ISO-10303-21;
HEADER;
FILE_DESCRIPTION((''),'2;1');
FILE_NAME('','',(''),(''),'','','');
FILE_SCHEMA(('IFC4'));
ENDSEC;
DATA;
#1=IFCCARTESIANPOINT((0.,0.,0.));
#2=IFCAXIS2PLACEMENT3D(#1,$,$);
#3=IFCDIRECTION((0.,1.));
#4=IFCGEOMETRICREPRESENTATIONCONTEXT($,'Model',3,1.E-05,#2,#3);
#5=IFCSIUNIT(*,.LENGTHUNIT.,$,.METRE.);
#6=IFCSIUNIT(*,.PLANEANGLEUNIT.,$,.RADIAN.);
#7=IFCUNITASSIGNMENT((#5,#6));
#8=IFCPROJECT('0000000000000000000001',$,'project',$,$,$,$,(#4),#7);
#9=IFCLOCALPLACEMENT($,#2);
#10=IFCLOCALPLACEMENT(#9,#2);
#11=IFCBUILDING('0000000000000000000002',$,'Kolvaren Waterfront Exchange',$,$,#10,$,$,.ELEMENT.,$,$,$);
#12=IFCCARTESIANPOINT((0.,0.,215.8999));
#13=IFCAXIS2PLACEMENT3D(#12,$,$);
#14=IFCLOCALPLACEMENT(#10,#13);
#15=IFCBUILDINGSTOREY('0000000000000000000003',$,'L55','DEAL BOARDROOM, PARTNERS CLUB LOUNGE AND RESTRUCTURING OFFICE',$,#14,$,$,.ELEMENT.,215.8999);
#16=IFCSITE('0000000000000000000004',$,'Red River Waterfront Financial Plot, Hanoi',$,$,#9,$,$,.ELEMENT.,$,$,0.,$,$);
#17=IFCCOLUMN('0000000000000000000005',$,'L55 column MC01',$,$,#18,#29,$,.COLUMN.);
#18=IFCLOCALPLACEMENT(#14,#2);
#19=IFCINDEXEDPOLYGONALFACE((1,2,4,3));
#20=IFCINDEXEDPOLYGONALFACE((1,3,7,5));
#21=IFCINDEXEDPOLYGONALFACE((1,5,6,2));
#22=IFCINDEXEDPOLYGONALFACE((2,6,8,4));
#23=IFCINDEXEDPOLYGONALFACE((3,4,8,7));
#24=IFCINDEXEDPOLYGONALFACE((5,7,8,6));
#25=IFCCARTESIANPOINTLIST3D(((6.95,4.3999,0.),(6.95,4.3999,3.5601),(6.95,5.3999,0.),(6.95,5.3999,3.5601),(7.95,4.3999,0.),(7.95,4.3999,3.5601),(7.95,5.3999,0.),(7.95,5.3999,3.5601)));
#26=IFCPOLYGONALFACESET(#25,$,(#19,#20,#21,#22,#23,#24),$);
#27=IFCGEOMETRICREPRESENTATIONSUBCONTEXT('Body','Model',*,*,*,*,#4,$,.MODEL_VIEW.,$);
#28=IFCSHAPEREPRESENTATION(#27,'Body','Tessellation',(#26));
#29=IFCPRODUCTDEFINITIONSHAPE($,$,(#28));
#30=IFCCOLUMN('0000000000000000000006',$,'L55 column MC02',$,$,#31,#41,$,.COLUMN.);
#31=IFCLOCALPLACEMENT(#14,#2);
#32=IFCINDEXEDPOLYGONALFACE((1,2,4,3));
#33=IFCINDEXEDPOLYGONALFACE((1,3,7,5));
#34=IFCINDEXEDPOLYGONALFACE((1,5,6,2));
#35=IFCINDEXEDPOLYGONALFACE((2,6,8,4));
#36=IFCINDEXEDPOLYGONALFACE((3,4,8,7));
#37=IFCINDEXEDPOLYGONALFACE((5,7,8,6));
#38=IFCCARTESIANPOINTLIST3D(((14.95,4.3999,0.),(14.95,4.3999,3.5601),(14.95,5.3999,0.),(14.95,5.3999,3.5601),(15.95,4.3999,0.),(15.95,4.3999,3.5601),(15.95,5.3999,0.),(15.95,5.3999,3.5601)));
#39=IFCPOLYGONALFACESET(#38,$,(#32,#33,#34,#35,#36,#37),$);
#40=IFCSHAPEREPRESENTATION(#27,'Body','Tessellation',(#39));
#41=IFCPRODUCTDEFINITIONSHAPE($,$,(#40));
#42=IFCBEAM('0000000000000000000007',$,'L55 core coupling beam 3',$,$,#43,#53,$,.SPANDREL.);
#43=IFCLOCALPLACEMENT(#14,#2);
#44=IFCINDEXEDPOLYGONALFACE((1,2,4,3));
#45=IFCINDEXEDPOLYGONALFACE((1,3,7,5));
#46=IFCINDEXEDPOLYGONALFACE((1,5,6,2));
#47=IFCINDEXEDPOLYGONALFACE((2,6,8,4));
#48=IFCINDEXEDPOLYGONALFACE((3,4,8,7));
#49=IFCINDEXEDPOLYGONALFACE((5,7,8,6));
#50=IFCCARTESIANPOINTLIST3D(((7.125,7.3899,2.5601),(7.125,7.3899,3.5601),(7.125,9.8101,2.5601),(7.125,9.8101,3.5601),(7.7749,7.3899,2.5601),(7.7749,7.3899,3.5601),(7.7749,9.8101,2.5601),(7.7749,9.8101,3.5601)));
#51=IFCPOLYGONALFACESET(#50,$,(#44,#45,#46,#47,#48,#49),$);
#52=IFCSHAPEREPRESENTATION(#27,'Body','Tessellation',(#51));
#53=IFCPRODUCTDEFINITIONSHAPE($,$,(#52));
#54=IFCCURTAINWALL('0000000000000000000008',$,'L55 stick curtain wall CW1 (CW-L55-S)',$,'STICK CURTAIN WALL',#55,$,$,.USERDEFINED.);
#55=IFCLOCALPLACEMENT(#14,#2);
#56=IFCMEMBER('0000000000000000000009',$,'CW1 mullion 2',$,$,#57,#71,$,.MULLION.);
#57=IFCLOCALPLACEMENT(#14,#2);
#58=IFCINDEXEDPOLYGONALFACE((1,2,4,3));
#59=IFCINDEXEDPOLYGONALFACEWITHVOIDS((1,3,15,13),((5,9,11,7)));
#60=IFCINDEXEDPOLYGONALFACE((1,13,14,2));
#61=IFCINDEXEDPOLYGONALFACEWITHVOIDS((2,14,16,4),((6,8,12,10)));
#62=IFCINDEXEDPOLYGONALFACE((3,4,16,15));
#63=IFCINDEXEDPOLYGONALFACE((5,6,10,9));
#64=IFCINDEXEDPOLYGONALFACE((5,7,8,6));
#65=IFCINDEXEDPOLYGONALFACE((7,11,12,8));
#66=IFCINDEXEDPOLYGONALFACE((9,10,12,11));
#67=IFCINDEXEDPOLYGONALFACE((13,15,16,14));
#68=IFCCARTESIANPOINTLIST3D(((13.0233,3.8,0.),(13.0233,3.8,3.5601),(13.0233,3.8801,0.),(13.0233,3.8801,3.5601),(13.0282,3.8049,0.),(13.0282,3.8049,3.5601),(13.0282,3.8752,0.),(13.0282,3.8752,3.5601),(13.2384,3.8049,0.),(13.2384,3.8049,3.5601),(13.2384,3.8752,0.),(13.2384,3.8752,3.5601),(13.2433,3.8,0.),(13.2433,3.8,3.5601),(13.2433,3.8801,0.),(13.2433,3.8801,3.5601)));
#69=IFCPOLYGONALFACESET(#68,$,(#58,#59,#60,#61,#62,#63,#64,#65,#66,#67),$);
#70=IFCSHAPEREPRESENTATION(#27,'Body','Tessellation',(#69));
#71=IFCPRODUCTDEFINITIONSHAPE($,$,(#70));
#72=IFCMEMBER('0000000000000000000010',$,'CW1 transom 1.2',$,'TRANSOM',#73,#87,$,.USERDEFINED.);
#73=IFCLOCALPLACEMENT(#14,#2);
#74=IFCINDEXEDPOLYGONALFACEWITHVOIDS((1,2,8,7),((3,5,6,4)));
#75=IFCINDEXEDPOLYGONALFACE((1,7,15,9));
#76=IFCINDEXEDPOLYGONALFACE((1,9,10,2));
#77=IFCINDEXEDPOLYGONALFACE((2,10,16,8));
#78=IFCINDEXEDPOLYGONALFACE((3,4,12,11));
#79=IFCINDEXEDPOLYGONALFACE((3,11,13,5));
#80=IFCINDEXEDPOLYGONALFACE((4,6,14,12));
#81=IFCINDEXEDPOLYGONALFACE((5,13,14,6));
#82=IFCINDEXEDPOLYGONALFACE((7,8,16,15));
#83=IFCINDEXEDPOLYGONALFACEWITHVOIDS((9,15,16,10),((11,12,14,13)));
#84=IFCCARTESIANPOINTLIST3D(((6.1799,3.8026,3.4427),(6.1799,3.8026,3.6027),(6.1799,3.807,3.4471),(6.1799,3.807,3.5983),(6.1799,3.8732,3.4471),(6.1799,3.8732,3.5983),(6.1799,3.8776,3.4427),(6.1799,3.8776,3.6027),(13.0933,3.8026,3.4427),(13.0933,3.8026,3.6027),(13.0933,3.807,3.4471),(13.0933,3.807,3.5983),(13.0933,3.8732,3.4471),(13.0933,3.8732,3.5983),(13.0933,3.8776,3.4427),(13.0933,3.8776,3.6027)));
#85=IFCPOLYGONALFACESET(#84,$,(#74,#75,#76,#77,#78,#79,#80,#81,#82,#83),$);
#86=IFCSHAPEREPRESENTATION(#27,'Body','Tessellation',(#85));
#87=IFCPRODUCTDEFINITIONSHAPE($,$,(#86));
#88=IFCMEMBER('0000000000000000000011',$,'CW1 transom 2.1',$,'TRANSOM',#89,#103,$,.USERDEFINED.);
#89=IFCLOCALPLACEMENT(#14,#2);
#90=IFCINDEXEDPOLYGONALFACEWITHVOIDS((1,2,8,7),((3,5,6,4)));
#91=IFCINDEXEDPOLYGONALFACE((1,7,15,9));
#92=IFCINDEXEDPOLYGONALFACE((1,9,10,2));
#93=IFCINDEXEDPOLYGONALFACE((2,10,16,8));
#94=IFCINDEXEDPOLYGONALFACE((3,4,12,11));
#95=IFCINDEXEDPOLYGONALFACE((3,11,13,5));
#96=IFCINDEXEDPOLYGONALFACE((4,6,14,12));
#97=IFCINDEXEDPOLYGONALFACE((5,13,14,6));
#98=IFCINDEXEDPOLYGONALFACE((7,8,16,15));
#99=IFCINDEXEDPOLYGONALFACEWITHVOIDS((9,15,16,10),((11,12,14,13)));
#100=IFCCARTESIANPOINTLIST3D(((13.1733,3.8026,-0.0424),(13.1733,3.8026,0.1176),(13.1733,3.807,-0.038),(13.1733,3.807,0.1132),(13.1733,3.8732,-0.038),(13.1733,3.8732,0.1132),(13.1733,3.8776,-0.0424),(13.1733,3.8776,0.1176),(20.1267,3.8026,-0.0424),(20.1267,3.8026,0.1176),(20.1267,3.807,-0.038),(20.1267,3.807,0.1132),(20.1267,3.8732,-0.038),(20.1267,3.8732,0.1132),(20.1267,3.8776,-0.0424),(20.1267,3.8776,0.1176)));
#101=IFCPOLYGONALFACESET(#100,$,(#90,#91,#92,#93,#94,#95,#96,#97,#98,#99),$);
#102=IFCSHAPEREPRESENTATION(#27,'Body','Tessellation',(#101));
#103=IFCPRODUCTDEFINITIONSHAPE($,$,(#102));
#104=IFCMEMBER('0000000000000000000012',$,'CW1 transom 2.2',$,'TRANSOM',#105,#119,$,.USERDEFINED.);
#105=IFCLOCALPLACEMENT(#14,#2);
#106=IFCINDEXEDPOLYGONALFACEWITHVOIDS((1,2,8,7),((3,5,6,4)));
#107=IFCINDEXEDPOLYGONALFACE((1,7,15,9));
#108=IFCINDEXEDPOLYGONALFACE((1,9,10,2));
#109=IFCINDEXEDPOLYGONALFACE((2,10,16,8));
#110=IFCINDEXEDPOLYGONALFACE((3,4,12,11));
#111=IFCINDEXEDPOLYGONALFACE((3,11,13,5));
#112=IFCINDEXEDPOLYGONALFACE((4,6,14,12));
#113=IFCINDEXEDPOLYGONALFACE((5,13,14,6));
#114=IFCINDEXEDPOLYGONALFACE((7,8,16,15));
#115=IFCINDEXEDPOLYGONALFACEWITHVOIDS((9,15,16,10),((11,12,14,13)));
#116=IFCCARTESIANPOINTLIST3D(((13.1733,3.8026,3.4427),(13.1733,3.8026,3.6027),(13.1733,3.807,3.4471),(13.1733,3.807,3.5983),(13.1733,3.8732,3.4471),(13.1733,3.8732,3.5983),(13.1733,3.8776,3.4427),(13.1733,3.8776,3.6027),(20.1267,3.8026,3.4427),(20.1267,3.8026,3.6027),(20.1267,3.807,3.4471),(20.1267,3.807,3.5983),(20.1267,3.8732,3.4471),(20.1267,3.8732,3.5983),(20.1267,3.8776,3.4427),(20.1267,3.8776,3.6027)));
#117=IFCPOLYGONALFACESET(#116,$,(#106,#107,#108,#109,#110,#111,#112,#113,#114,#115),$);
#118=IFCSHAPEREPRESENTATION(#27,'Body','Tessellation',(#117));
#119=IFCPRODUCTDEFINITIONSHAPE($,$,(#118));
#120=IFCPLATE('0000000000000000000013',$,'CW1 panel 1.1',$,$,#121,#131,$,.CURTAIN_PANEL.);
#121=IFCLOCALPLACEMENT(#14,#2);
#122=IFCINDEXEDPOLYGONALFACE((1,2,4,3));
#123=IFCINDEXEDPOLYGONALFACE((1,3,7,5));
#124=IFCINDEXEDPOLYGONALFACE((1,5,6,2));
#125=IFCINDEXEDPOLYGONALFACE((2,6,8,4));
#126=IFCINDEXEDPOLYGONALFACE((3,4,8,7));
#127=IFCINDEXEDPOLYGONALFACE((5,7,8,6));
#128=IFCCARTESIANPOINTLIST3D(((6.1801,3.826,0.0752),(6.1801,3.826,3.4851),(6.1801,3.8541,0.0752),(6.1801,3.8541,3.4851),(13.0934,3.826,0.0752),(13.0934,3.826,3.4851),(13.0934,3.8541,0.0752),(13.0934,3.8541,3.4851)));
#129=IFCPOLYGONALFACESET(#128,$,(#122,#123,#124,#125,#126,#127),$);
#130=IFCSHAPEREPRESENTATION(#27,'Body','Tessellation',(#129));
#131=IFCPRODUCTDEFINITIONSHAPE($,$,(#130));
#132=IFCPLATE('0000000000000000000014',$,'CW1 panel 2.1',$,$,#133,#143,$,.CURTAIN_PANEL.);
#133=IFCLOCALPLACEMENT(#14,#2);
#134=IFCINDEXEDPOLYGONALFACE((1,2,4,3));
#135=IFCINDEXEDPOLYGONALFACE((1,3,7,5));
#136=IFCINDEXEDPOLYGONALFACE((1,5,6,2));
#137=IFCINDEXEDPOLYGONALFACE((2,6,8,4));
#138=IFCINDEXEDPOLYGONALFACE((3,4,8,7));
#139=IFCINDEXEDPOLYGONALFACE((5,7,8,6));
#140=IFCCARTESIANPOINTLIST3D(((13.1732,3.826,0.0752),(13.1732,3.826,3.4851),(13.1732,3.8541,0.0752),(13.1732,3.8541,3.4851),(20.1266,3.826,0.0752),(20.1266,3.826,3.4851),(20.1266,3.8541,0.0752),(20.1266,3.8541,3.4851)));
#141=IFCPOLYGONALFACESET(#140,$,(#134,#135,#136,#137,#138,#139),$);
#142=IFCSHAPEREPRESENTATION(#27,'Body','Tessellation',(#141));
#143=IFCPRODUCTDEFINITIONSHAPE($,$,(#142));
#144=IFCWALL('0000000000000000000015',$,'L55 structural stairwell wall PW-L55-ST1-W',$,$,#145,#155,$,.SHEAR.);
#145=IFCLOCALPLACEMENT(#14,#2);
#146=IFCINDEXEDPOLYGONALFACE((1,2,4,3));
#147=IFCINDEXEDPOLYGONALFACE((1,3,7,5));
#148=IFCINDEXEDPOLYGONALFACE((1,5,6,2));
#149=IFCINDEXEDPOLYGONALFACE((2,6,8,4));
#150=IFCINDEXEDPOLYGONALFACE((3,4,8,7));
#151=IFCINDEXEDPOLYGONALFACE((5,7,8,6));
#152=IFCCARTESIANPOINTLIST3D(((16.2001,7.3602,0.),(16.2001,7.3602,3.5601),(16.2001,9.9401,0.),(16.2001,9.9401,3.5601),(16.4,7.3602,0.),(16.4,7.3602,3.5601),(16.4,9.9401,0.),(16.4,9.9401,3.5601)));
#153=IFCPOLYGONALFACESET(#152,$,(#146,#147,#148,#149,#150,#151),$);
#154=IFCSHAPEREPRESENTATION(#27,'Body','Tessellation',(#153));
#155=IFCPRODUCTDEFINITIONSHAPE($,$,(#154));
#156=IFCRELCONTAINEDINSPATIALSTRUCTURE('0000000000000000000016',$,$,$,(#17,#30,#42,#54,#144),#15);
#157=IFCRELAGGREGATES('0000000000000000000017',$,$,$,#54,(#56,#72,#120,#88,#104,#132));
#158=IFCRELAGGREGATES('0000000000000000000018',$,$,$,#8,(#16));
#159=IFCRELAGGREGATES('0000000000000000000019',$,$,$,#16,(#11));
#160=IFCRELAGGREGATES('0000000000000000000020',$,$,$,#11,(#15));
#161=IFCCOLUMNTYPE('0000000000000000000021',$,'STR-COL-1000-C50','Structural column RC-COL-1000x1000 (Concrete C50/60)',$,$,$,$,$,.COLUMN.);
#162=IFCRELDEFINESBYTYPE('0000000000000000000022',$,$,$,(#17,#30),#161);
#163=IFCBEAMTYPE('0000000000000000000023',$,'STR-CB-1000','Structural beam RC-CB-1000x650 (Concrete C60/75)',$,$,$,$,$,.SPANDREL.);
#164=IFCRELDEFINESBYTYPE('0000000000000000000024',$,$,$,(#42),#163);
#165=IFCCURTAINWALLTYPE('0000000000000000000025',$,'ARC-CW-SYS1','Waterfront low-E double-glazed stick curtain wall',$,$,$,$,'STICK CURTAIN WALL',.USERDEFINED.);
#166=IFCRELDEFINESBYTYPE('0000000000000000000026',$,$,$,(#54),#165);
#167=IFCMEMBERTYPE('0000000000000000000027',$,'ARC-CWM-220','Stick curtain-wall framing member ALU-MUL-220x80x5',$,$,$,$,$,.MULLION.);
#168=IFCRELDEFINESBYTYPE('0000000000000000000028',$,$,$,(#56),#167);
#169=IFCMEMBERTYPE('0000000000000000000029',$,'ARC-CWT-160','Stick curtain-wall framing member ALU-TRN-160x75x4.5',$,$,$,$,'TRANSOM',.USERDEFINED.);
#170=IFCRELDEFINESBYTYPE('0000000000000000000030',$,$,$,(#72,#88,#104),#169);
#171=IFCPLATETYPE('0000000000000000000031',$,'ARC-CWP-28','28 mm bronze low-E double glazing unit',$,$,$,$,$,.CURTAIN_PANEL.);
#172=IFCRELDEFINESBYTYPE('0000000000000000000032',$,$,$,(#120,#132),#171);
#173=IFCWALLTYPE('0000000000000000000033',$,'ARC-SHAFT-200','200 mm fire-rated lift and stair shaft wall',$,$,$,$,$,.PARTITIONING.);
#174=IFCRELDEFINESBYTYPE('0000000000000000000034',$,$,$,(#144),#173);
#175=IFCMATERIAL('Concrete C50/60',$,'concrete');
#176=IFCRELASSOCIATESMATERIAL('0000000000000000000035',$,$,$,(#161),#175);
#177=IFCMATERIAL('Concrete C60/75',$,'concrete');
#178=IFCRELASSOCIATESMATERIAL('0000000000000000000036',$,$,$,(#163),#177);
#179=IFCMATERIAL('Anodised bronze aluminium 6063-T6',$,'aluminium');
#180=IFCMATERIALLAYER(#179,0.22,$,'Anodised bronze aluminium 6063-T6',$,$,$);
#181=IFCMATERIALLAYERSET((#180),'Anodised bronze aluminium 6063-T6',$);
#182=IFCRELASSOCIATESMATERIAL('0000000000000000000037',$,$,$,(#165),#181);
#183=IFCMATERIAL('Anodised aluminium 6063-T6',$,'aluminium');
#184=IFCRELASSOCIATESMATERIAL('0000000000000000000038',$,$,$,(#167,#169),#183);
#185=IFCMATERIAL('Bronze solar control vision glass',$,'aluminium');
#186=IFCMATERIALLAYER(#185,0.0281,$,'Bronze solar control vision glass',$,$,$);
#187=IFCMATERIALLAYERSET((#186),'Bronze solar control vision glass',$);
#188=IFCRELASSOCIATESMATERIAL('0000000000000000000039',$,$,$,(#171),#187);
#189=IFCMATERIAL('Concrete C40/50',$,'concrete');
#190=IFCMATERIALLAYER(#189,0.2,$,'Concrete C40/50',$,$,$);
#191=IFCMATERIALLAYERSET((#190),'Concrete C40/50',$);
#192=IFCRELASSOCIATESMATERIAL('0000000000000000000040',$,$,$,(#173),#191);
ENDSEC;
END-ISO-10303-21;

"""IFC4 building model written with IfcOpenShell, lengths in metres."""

from ifc_helpers import new_model, si_unit, direction, frame, frame_2d, origin, origin_with_axes, origin_2d, place, context, subcontext, project, spatial, rectangle, hollow_rectangle, extrude, source, transform, mapped, material, layer, layer_set, material_profile, profile_set, type_object, element, aggregate, save


model = new_model("IFC4")

# Units and contexts
model_context = context("Model", 3, precision=1e-05, world=origin(), true_north=direction((0.0, 1.0)))
body_context = subcontext(model_context, "Body", "Model", "MODEL_VIEW")
ifc_project = project(units=[si_unit("LENGTHUNIT", "METRE"), si_unit("PLANEANGLEUNIT", "RADIAN")], contexts=[model_context])

# Site, building, storey
site_placement = place(None, origin())
site = spatial("IfcSite", under=ifc_project, at=site_placement, Name="Red River Waterfront Financial Plot, Hanoi", CompositionType="ELEMENT", RefElevation=0.0)
building_placement = place(site_placement, origin())
building = spatial("IfcBuilding", under=site, at=building_placement, Name="Kolvaren Waterfront Exchange", CompositionType="ELEMENT")
storey_placement = place(building_placement, frame((0.0, 0.0, 215.8999)))
storey = spatial("IfcBuildingStorey", under=building, at=storey_placement, Name="L55", Description="DEAL BOARDROOM, PARTNERS CLUB LOUNGE AND RESTRUCTURING OFFICE", CompositionType="ELEMENT", Elevation=215.8999)

# Columns
ifc_material_1 = material(Name="Concrete C50/60", Category="concrete")
ifc_material_profile_1 = material_profile(ifc_material_1, rectangle(XDim=1.0, YDim=1.0, at=origin_2d()), Name="RC-COL-1000x1000")
ifc_profile_set_1 = profile_set([ifc_material_profile_1], Name="Concrete C50/60")
column_type = type_object("IfcColumnType", Name="STR-COL-1000-C50", Description="Structural column RC-COL-1000x1000 (Concrete C50/60)", PredefinedType="COLUMN", material=ifc_profile_set_1)
for number, where, z_axis, x_axis, name in (
    (1, (7.45, 4.8999, 0.0), (0.0, 0.0, 1.0), (1.0, 0.0, 0.0), "L55 column MC01"),
    (2, (15.45, 4.8999, 0.0), (0.0, 0.0, 1.0), (1.0, 0.0, 0.0), "L55 column MC02"),
):
    element("IfcColumn", number, at=place(storey_placement, frame(where, z_axis=z_axis, x_axis=x_axis)), inside=storey, type_object=column_type, Name=name, PredefinedType="COLUMN", context=body_context, shape_type="SweptSolid", body=[
        extrude(rectangle(XDim=1.0, YDim=1.0, at=origin_2d()), origin(), (0.0, 0.0, 1.0), 3.5601),
    ])

# Beam
ifc_material_2 = material(Name="Concrete C60/75", Category="concrete")
ifc_material_profile_2 = material_profile(ifc_material_2, rectangle(XDim=0.6499, YDim=1.0, at=origin_2d()), Name="RC-CB-1000x650")
ifc_profile_set_2 = profile_set([ifc_material_profile_2], Name="Concrete C60/75")
beam_type = type_object("IfcBeamType", Name="STR-CB-1000", Description="Structural beam RC-CB-1000x650 (Concrete C60/75)", PredefinedType="SPANDREL", material=ifc_profile_set_2)
beam_placement = place(storey_placement, frame((7.45, 7.3899, 3.0601), z_axis=(0.0, 1.0, 0.0), x_axis=(-1.0, 0.0, 0.0)))
element("IfcBeam", 3, at=beam_placement, inside=storey, type_object=beam_type, Name="L55 core coupling beam 3", PredefinedType="SPANDREL", context=body_context, shape_type="SweptSolid", body=[
    extrude(rectangle(XDim=0.6499, YDim=1.0, at=origin_2d()), origin(), (0.0, 0.0, 1.0), 2.4202),
])

# Curtain wall, members, plates
ifc_material_3 = material(Name="Anodised bronze aluminium 6063-T6", Category="aluminium")
ifc_layer_1 = layer(ifc_material_3, 0.22, Name="Anodised bronze aluminium 6063-T6")
ifc_layer_set_1 = layer_set([ifc_layer_1], Name="Anodised bronze aluminium 6063-T6")
curtain_wall_type = type_object("IfcCurtainWallType", Name="ARC-CW-SYS1", Description="Waterfront low-E double-glazed stick curtain wall", ElementType="STICK CURTAIN WALL", PredefinedType="USERDEFINED", material=ifc_layer_set_1)
curtain_wall_placement = place(storey_placement, origin())
curtain_wall = element("IfcCurtainWall", 4, at=curtain_wall_placement, inside=storey, type_object=curtain_wall_type, Name="L55 stick curtain wall CW1 (CW-L55-S)", ObjectType="STICK CURTAIN WALL", PredefinedType="USERDEFINED")
ifc_material_4 = material(Name="Anodised aluminium 6063-T6", Category="aluminium")
ifc_material_profile_3 = material_profile(ifc_material_4, hollow_rectangle(XDim=0.0801, YDim=0.22, WallThickness=0.0049, at=origin_2d()), Name="ALU-MUL-220x80x5")
ifc_profile_set_3 = profile_set([ifc_material_profile_3], Name="Anodised aluminium 6063-T6")
member_type_1 = type_object("IfcMemberType", Name="ARC-CWM-220", Description="Stick curtain-wall framing member ALU-MUL-220x80x5", PredefinedType="MULLION", material=ifc_profile_set_3)
shared_shape_1 = source(origin_with_axes(), body_context, "Body", "SweptSolid", [
    extrude(hollow_rectangle(XDim=0.0801, YDim=0.22, WallThickness=0.0049, at=origin_2d()), origin(), (0.0, 0.0, 1.0), 3.5601),
])
member_1_placement = place(storey_placement, frame((13.1333, 3.8401, 0.0), z_axis=(0.0, 0.0, 1.0), x_axis=(0.0, 1.0, 0.0)))
member_1 = element("IfcMember", 5, at=member_1_placement, type_object=member_type_1, Name="CW1 mullion 2", PredefinedType="MULLION", context=body_context, shape_type="MappedRepresentation", body=[
    mapped(shared_shape_1, transform((0.0, 0.0, 0.0), x_axis=(1.0, 0.0, 0.0), y_axis=(0.0, 1.0, 0.0), z_axis=(0.0, 0.0, 1.0), scale=1.0)),
])
ifc_material_profile_4 = material_profile(ifc_material_4, hollow_rectangle(XDim=0.075, YDim=0.1599, WallThickness=0.0044, at=origin_2d()), Name="ALU-TRN-160x75x4.5")
ifc_profile_set_4 = profile_set([ifc_material_profile_4], Name="Anodised aluminium 6063-T6")
member_type_2 = type_object("IfcMemberType", Name="ARC-CWT-160", Description="Stick curtain-wall framing member ALU-TRN-160x75x4.5", ElementType="TRANSOM", PredefinedType="USERDEFINED", material=ifc_profile_set_4)
shared_shape_2 = source(origin_with_axes(), body_context, "Body", "SweptSolid", [
    extrude(hollow_rectangle(XDim=0.075, YDim=0.1599, WallThickness=0.0044, at=origin_2d()), origin(), (0.0, 0.0, 1.0), 6.9133),
])
member_2_placement = place(storey_placement, frame((6.1799, 3.8401, 3.5227), z_axis=(1.0, 0.0, 0.0), x_axis=(0.0, 1.0, 0.0)))
member_2 = element("IfcMember", 6, at=member_2_placement, type_object=member_type_2, Name="CW1 transom 1.2", ObjectType="TRANSOM", PredefinedType="USERDEFINED", context=body_context, shape_type="MappedRepresentation", body=[
    mapped(shared_shape_2, transform((0.0, 0.0, 0.0), x_axis=(1.0, 0.0, 0.0), y_axis=(0.0, 1.0, 0.0), z_axis=(0.0, 0.0, 1.0), scale=1.0)),
])
shared_shape_3 = source(origin_with_axes(), body_context, "Body", "SweptSolid", [
    extrude(hollow_rectangle(XDim=0.075, YDim=0.1599, WallThickness=0.0044, at=origin_2d()), origin(), (0.0, 0.0, 1.0), 6.9534),
])
member_3_placement = place(storey_placement, frame((13.1733, 3.8401, 0.0376), z_axis=(1.0, 0.0, 0.0), x_axis=(0.0, 1.0, 0.0)))
member_3 = element("IfcMember", 7, at=member_3_placement, type_object=member_type_2, Name="CW1 transom 2.1", ObjectType="TRANSOM", PredefinedType="USERDEFINED", context=body_context, shape_type="MappedRepresentation", body=[
    mapped(shared_shape_3, transform((0.0, 0.0, 0.0), x_axis=(1.0, 0.0, 0.0), y_axis=(0.0, 1.0, 0.0), z_axis=(0.0, 0.0, 1.0), scale=1.0)),
])
member_4_placement = place(storey_placement, frame((13.1733, 3.8401, 3.5227), z_axis=(1.0, 0.0, 0.0), x_axis=(0.0, 1.0, 0.0)))
member_4 = element("IfcMember", 8, at=member_4_placement, type_object=member_type_2, Name="CW1 transom 2.2", ObjectType="TRANSOM", PredefinedType="USERDEFINED", context=body_context, shape_type="MappedRepresentation", body=[
    mapped(shared_shape_3, transform((0.0, 0.0, 0.0), x_axis=(1.0, 0.0, 0.0), y_axis=(0.0, 1.0, 0.0), z_axis=(0.0, 0.0, 1.0), scale=1.0)),
])
ifc_material_5 = material(Name="Bronze solar control vision glass", Category="aluminium")
ifc_layer_2 = layer(ifc_material_5, 0.0281, Name="Bronze solar control vision glass")
ifc_layer_set_2 = layer_set([ifc_layer_2], Name="Bronze solar control vision glass")
plate_type = type_object("IfcPlateType", Name="ARC-CWP-28", Description="28 mm bronze low-E double glazing unit", PredefinedType="CURTAIN_PANEL", material=ifc_layer_set_2)
shared_shape_4 = source(origin_with_axes(), body_context, "Body", "SweptSolid", [
    extrude(rectangle(XDim=6.9133, YDim=0.0281, at=origin_2d()), origin(), (0.0, 0.0, 1.0), 3.4099),
])
plate_1_placement = place(storey_placement, frame((9.6367, 3.8401, 0.0752), z_axis=(0.0, 0.0, 1.0), x_axis=(1.0, 0.0, 0.0)))
plate_1 = element("IfcPlate", 9, at=plate_1_placement, type_object=plate_type, Name="CW1 panel 1.1", PredefinedType="CURTAIN_PANEL", context=body_context, shape_type="MappedRepresentation", body=[
    mapped(shared_shape_4, transform((0.0, 0.0, 0.0), x_axis=(1.0, 0.0, 0.0), y_axis=(0.0, 1.0, 0.0), z_axis=(0.0, 0.0, 1.0), scale=1.0)),
])
shared_shape_5 = source(origin_with_axes(), body_context, "Body", "SweptSolid", [
    extrude(rectangle(XDim=6.9534, YDim=0.0281, at=origin_2d()), origin(), (0.0, 0.0, 1.0), 3.4099),
])
plate_2_placement = place(storey_placement, frame((16.6499, 3.8401, 0.0752), z_axis=(0.0, 0.0, 1.0), x_axis=(1.0, 0.0, 0.0)))
plate_2 = element("IfcPlate", 10, at=plate_2_placement, type_object=plate_type, Name="CW1 panel 2.1", PredefinedType="CURTAIN_PANEL", context=body_context, shape_type="MappedRepresentation", body=[
    mapped(shared_shape_5, transform((0.0, 0.0, 0.0), x_axis=(1.0, 0.0, 0.0), y_axis=(0.0, 1.0, 0.0), z_axis=(0.0, 0.0, 1.0), scale=1.0)),
])
aggregate(curtain_wall, [member_1, member_2, plate_1, member_3, member_4, plate_2])

# Wall
ifc_material_6 = material(Name="Concrete C40/50", Category="concrete")
ifc_layer_3 = layer(ifc_material_6, 0.2, Name="Concrete C40/50")
ifc_layer_set_3 = layer_set([ifc_layer_3], Name="Concrete C40/50")
wall_type_1 = type_object("IfcWallType", Name="ARC-SHAFT-200", Description="200 mm fire-rated lift and stair shaft wall", PredefinedType="PARTITIONING", material=ifc_layer_set_3)
wall_1_placement = place(storey_placement, frame((16.3, 7.3601, 0.0), z_axis=(0.0, 0.0, 1.0), x_axis=(0.0, 1.0, 0.0)))
element("IfcWall", 11, at=wall_1_placement, inside=storey, type_object=wall_type_1, Name="L55 structural stairwell wall PW-L55-ST1-W", PredefinedType="SHEAR", context=body_context, shape_type="SweptSolid", body=[
    extrude(rectangle(XDim=2.5798, YDim=0.2, at=frame_2d((1.29, 0.0))), origin(), (0.0, 0.0, 1.0), 3.5601),
])

save(model, "model.ifc")
